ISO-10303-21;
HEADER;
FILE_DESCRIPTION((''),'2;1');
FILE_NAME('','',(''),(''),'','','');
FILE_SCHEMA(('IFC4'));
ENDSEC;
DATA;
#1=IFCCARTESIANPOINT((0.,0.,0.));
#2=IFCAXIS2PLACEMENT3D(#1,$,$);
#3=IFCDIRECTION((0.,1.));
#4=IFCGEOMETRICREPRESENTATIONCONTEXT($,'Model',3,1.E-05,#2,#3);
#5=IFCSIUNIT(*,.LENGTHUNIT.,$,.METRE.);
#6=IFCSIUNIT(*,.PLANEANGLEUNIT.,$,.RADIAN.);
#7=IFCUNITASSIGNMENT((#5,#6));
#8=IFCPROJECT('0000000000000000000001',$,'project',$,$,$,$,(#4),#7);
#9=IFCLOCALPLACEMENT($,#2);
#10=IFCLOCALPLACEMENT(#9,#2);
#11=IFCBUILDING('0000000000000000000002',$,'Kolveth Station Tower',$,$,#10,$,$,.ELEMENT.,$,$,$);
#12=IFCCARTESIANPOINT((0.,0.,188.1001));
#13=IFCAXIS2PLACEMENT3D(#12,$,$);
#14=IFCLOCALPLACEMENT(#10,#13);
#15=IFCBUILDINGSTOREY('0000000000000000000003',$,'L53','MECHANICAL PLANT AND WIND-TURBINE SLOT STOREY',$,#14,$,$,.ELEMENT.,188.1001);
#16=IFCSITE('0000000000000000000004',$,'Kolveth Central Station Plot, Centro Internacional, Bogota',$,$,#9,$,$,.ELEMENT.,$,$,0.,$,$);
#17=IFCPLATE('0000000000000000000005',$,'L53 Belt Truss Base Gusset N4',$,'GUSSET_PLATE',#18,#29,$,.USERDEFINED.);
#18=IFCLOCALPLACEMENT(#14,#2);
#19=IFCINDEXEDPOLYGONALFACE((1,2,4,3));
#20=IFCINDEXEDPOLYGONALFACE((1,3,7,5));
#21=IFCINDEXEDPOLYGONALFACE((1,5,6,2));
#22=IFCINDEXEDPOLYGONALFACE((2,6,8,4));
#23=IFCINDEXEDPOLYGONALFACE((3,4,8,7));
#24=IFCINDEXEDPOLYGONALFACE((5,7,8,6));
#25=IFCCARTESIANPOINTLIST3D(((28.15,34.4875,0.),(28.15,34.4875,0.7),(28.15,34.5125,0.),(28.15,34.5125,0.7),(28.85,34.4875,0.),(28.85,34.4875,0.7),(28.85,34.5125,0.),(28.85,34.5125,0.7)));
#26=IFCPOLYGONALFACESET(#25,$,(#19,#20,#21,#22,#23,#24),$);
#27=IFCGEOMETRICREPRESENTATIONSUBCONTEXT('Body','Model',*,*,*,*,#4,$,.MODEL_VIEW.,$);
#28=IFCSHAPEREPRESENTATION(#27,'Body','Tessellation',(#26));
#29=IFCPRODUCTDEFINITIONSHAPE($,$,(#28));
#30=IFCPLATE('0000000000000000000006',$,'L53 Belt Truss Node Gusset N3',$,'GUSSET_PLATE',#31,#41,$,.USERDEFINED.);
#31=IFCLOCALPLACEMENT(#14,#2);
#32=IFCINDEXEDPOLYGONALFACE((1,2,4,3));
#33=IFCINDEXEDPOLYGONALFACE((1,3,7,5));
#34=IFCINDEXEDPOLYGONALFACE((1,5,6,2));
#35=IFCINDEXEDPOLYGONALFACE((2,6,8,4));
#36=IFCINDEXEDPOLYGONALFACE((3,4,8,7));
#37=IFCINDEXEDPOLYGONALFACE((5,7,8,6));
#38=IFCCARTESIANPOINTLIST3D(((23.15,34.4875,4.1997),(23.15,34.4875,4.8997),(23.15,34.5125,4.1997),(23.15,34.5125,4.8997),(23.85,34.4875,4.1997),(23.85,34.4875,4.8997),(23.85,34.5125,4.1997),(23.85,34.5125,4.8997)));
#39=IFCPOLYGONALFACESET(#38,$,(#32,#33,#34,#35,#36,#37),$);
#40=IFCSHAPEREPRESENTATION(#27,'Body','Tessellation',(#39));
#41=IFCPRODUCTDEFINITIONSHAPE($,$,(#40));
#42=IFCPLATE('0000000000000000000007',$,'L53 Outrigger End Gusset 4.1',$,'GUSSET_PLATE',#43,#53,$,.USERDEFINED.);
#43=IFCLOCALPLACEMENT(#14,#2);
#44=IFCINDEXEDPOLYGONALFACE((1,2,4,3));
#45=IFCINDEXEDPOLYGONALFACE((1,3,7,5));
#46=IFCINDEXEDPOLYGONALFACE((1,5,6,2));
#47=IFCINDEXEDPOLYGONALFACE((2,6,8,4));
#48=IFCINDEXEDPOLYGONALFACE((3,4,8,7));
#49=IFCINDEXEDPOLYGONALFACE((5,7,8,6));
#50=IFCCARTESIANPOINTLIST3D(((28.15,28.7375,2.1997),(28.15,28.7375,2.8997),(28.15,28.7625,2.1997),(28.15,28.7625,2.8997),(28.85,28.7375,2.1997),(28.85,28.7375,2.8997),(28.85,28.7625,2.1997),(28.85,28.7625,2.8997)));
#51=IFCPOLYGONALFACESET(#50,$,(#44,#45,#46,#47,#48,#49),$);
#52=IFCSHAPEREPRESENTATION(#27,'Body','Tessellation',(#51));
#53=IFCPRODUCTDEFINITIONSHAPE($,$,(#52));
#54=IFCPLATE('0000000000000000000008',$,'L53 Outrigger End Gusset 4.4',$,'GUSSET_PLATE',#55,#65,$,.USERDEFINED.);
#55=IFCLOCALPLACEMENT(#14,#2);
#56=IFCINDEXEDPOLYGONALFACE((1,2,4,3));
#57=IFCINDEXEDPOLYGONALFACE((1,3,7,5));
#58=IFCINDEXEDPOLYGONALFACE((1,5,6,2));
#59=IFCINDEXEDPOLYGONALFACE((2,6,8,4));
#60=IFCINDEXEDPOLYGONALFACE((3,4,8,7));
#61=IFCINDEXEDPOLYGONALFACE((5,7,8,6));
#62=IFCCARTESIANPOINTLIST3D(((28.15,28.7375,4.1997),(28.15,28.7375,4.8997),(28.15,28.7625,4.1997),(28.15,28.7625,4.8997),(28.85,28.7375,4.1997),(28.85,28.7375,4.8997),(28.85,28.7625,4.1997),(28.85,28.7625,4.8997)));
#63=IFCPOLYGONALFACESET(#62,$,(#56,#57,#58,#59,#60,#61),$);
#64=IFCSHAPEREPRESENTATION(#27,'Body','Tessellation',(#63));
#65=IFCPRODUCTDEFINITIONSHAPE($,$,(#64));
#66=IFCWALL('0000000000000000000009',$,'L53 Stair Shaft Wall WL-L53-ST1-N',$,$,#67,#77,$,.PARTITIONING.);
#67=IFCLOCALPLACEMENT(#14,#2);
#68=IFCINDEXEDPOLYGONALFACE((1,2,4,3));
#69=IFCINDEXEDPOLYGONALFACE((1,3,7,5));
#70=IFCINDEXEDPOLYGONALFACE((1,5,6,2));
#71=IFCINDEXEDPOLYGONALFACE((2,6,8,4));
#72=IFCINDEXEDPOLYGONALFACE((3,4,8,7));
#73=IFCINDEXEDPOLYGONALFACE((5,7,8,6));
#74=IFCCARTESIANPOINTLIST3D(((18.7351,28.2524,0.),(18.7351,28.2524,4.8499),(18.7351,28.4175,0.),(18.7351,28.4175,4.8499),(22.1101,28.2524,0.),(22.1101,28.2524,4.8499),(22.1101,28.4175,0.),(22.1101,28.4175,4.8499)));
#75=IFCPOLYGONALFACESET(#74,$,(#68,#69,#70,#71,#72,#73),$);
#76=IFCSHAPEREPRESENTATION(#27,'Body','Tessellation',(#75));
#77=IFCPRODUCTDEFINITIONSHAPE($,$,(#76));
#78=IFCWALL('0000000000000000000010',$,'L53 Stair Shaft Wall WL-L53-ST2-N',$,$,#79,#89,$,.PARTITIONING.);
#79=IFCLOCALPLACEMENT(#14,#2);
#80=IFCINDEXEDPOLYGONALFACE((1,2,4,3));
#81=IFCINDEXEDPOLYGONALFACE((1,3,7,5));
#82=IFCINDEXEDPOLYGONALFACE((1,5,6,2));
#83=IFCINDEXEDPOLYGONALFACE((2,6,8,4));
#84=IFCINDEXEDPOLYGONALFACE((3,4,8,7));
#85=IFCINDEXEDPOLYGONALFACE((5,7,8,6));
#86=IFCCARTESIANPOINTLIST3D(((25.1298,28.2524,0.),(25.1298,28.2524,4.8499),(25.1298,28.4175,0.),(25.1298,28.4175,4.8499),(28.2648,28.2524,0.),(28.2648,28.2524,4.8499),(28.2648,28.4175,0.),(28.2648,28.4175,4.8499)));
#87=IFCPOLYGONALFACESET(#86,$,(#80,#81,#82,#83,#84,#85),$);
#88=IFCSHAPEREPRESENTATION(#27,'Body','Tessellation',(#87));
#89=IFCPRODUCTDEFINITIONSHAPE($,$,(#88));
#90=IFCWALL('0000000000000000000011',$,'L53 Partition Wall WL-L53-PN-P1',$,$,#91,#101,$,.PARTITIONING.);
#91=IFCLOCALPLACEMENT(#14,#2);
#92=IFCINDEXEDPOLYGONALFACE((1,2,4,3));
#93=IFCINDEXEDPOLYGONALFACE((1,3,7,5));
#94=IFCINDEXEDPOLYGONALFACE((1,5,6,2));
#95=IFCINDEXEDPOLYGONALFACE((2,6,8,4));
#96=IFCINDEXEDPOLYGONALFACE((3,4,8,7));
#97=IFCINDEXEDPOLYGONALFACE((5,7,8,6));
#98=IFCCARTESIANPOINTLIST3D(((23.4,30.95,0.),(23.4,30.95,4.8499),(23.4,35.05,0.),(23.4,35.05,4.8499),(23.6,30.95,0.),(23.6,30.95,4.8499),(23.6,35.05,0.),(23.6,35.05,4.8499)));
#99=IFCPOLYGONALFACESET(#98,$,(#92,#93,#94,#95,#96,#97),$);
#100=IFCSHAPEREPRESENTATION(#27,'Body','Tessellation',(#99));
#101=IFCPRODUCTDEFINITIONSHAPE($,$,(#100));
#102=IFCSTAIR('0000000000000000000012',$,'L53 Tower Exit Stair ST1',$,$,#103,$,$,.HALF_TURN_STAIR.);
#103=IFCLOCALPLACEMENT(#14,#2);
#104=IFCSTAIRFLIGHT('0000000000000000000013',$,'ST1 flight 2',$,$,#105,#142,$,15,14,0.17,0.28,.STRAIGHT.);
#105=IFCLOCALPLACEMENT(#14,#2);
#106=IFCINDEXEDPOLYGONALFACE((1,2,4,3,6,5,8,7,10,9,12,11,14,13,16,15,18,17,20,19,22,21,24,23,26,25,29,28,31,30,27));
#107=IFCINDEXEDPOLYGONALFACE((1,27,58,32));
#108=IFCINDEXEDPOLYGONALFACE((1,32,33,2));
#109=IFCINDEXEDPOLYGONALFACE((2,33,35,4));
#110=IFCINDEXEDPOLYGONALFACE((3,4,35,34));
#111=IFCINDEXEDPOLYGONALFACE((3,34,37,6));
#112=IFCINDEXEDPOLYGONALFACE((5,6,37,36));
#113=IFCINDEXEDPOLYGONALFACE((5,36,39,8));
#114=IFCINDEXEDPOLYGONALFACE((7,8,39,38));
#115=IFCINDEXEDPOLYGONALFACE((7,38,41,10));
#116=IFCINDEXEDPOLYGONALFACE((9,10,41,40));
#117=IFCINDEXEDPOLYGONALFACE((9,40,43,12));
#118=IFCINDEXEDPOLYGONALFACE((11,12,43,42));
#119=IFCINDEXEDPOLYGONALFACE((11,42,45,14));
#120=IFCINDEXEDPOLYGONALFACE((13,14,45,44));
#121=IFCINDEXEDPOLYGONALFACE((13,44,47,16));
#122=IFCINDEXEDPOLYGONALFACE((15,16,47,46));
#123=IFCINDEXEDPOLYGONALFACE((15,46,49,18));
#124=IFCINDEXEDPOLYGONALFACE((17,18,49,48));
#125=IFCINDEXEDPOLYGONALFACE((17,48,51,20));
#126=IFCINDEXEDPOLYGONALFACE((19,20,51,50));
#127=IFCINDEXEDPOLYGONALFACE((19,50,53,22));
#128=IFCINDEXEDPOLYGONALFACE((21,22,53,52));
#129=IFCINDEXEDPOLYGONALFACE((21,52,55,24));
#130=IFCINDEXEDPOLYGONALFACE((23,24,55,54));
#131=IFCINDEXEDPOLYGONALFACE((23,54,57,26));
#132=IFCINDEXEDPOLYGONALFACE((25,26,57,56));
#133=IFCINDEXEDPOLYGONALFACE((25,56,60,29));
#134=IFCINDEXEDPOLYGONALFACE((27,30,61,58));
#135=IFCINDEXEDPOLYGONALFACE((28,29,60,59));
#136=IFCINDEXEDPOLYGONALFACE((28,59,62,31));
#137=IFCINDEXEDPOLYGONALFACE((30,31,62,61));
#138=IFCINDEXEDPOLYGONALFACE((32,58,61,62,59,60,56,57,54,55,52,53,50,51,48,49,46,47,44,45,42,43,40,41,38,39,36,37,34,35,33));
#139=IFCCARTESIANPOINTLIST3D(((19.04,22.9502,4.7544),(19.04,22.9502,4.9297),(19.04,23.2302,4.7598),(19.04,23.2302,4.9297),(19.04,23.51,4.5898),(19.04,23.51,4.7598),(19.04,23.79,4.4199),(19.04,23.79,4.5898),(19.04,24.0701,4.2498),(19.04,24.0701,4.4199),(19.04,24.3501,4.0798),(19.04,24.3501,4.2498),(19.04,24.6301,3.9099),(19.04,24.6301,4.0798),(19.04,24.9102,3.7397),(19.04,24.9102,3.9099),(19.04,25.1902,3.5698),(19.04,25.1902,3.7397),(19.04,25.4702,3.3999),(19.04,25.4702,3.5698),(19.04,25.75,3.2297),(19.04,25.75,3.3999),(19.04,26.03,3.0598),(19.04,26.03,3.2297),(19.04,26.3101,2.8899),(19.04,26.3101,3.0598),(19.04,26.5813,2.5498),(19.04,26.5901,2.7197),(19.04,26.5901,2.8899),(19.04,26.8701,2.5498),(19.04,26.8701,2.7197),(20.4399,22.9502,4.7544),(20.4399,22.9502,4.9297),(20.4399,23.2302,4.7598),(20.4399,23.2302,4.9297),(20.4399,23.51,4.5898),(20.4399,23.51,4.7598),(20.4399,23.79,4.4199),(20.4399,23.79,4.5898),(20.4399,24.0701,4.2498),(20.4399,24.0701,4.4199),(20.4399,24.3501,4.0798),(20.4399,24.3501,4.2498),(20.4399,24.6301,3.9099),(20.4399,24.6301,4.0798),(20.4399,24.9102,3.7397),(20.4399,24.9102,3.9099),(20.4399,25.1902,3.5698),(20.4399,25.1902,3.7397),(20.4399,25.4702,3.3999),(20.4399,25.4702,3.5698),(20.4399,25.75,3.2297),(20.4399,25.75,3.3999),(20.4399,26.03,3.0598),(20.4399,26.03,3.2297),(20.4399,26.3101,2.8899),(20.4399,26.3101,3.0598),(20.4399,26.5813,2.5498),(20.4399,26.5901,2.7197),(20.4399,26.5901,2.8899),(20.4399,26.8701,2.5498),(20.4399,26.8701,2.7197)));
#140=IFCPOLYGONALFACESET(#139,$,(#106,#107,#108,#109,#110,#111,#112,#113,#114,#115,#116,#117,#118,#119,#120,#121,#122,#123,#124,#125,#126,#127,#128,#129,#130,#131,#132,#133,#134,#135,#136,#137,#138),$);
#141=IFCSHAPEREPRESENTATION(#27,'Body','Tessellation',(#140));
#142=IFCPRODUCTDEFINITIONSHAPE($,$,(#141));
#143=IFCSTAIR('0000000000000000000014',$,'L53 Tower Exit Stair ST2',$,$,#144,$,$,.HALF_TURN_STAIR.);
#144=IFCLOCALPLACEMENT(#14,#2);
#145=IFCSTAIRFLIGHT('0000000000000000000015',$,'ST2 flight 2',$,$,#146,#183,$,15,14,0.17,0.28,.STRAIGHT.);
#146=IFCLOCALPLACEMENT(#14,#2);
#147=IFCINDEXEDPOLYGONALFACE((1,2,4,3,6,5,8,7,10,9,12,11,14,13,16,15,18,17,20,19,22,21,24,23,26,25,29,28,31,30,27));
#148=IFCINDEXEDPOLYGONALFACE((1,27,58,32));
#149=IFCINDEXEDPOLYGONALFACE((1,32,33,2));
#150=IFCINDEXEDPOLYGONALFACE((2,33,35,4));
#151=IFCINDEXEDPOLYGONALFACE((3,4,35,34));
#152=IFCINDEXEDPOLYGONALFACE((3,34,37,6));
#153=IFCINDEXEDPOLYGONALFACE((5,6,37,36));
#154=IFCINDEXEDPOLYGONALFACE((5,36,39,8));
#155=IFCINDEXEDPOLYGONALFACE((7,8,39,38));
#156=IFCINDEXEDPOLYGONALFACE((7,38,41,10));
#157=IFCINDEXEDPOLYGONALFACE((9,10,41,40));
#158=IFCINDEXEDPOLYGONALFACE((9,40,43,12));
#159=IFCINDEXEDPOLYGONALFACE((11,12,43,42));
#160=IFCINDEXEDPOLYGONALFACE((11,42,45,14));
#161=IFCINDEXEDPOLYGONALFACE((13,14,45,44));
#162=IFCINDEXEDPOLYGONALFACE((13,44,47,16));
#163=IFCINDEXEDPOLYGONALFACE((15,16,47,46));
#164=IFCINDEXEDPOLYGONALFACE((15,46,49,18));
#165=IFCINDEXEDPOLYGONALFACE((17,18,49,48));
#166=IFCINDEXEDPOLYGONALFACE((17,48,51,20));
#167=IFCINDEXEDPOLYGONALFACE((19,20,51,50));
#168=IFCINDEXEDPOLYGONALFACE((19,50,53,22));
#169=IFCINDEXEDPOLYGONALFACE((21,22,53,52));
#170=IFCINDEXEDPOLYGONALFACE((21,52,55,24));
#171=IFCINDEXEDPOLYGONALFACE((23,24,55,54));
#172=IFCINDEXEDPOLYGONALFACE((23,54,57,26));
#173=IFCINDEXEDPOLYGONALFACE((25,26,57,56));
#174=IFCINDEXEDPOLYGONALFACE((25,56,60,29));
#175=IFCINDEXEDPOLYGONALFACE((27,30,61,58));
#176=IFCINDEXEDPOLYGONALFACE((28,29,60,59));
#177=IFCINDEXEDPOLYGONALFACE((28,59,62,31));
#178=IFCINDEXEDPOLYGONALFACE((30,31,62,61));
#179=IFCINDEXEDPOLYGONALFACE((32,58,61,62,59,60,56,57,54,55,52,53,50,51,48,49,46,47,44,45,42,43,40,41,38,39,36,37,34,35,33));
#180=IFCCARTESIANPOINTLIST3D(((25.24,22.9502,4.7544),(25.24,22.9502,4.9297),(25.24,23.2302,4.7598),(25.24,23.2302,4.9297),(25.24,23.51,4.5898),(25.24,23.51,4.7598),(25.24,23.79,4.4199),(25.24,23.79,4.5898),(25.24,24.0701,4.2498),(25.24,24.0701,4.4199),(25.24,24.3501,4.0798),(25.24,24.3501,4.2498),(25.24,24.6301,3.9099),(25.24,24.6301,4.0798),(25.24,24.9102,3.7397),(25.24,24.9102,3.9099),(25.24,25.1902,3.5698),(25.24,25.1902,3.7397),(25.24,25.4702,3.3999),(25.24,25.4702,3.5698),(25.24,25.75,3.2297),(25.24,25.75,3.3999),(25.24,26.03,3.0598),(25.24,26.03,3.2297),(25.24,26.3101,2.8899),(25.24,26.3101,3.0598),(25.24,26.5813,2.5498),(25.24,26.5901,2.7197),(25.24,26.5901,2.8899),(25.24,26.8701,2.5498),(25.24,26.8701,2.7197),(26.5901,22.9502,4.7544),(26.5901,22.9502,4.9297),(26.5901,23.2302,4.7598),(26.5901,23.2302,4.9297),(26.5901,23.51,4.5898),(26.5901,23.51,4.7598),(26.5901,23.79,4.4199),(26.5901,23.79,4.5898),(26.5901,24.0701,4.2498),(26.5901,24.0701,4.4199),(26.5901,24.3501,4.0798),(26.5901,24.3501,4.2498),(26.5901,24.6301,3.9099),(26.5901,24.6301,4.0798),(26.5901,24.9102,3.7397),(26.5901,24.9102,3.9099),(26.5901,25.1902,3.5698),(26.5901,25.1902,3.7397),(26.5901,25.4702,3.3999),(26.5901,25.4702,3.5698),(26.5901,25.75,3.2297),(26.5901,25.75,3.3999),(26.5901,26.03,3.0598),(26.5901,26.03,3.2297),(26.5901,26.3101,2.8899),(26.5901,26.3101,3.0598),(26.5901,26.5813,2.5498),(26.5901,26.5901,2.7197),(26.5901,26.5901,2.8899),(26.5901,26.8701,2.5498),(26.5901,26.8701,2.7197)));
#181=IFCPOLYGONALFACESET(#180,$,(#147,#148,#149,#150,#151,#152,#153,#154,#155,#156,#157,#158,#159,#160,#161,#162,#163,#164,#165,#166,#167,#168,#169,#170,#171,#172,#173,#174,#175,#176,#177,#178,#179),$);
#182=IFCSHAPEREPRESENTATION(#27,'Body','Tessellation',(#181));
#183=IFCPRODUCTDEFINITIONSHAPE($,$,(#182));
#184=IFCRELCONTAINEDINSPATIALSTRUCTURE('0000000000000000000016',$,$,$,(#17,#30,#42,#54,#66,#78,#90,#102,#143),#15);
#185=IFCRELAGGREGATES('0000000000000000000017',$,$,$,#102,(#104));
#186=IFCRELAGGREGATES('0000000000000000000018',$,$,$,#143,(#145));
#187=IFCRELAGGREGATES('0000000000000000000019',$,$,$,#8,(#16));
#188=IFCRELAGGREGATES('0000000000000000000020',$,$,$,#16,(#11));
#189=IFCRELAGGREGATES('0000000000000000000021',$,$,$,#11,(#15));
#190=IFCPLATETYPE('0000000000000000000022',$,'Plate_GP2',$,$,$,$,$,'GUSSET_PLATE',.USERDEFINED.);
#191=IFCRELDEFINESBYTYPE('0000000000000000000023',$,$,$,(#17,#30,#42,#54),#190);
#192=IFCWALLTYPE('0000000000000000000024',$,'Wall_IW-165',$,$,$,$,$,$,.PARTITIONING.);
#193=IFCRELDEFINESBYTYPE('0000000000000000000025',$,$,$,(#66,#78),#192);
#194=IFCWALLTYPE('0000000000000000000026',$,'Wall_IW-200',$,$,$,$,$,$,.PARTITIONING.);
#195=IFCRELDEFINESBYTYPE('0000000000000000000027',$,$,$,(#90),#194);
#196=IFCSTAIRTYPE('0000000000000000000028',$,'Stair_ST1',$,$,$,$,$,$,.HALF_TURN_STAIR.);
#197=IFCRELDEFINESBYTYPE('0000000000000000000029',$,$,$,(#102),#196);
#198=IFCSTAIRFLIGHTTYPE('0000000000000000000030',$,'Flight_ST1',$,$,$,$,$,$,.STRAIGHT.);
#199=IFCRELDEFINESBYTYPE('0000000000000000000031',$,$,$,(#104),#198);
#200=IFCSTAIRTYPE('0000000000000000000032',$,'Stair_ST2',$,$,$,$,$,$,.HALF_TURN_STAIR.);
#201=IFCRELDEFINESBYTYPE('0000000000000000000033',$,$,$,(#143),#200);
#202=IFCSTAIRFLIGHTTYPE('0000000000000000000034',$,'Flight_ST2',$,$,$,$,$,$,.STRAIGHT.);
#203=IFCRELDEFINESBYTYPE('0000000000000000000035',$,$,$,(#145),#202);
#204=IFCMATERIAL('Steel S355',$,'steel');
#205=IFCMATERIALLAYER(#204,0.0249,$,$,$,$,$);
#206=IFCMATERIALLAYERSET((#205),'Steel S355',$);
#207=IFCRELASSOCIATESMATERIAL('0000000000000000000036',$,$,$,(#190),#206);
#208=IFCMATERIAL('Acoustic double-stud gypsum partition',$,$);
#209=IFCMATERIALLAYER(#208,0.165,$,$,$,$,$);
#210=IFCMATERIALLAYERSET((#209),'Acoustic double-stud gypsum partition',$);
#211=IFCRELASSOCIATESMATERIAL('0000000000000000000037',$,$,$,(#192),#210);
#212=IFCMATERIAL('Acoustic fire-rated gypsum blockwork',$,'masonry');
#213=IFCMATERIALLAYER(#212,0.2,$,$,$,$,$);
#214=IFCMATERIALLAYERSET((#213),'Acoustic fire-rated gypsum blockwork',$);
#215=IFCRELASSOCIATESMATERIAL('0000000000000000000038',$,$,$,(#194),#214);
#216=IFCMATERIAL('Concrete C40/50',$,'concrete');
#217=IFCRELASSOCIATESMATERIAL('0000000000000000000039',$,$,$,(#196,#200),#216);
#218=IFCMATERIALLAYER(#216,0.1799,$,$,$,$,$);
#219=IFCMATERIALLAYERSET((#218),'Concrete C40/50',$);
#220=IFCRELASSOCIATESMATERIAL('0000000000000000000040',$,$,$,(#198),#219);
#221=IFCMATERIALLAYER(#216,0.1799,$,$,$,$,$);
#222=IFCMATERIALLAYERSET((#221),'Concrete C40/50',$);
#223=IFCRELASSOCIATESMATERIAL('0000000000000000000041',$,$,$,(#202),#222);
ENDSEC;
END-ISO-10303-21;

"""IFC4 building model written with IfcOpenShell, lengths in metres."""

from ifc_helpers import new_model, si_unit, direction, frame, frame_2d, origin, origin_2d, place, context, subcontext, project, spatial, polyline, rectangle, outline, extrude, source, transform, mapped, material, layer, layer_set, type_object, element, aggregate, save


model = new_model("IFC4")

# Units and contexts
model_context = context("Model", 3, precision=1e-05, world=origin(), true_north=direction((0.0, 1.0)))
body_context = subcontext(model_context, "Body", "Model", "MODEL_VIEW")
ifc_project = project(units=[si_unit("LENGTHUNIT", "METRE"), si_unit("PLANEANGLEUNIT", "RADIAN")], contexts=[model_context])

# Site, building, storey
site_placement = place(None, origin())
site = spatial("IfcSite", under=ifc_project, at=site_placement, Name="Kolveth Central Station Plot, Centro Internacional, Bogota", CompositionType="ELEMENT", RefElevation=0.0)
building_placement = place(site_placement, origin())
building = spatial("IfcBuilding", under=site, at=building_placement, Name="Kolveth Station Tower", CompositionType="ELEMENT")
storey_placement = place(building_placement, frame((0.0, 0.0, 188.1001)))
storey = spatial("IfcBuildingStorey", under=building, at=storey_placement, Name="L53", Description="MECHANICAL PLANT AND WIND-TURBINE SLOT STOREY", CompositionType="ELEMENT", Elevation=188.1001)

# Shared definitions
ifc_material_1 = material(Name="Steel S355", Category="steel")

# Plates
ifc_layer_1 = layer(ifc_material_1, 0.0249)
ifc_layer_set_1 = layer_set([ifc_layer_1], Name="Steel S355")
plate_type = type_object("IfcPlateType", Name="Plate_GP2", ElementType="GUSSET_PLATE", PredefinedType="USERDEFINED", material=ifc_layer_set_1)
shared_shape_1 = source(origin(), body_context, "Body", "SweptSolid", [
    extrude(rectangle(XDim=0.7, YDim=0.0249, at=origin_2d()), origin(), (0.0, 0.0, 1.0), 0.7),
])
for number, where, z_axis, x_axis, name in (
    (1, (28.5, 34.5, 0.0), (0.0, 0.0, 1.0), (1.0, 0.0, 0.0), "L53 Belt Truss Base Gusset N4"),
    (2, (23.5, 34.5, 4.1997), (0.0, 0.0, 1.0), (1.0, 0.0, 0.0), "L53 Belt Truss Node Gusset N3"),
    (3, (28.5, 28.75, 2.1997), (0.0, 0.0, 1.0), (1.0, 0.0, 0.0), "L53 Outrigger End Gusset 4.1"),
    (4, (28.5, 28.75, 4.1997), (0.0, 0.0, 1.0), (1.0, 0.0, 0.0), "L53 Outrigger End Gusset 4.4"),
):
    element("IfcPlate", number, at=place(storey_placement, frame(where, z_axis=z_axis, x_axis=x_axis)), inside=storey, type_object=plate_type, Name=name, ObjectType="GUSSET_PLATE", PredefinedType="USERDEFINED", context=body_context, shape_type="MappedRepresentation", body=[
        mapped(shared_shape_1, transform((0.0, 0.0, 0.0), x_axis=(1.0, 0.0, 0.0), y_axis=(0.0, 1.0, 0.0), z_axis=(0.0, 0.0, 1.0), scale=1.0)),
    ])

# Walls
ifc_material_2 = material(Name="Acoustic double-stud gypsum partition")
ifc_layer_2 = layer(ifc_material_2, 0.165)
ifc_layer_set_2 = layer_set([ifc_layer_2], Name="Acoustic double-stud gypsum partition")
wall_type_1 = type_object("IfcWallType", Name="Wall_IW-165", PredefinedType="PARTITIONING", material=ifc_layer_set_2)
wall_1_placement = place(storey_placement, frame((18.7351, 28.335, 0.0), z_axis=(0.0, 0.0, 1.0), x_axis=(1.0, 0.0, 0.0)))
element("IfcWall", 5, at=wall_1_placement, inside=storey, type_object=wall_type_1, Name="L53 Stair Shaft Wall WL-L53-ST1-N", PredefinedType="PARTITIONING", context=body_context, shape_type="SweptSolid", body=[
    extrude(rectangle(XDim=3.375, YDim=0.165, at=frame_2d((1.6875, 0.0))), origin(), (0.0, 0.0, 1.0), 4.8499),
])
wall_2_placement = place(storey_placement, frame((25.1299, 28.335, 0.0), z_axis=(0.0, 0.0, 1.0), x_axis=(1.0, 0.0, 0.0)))
element("IfcWall", 6, at=wall_2_placement, inside=storey, type_object=wall_type_1, Name="L53 Stair Shaft Wall WL-L53-ST2-N", PredefinedType="PARTITIONING", context=body_context, shape_type="SweptSolid", body=[
    extrude(rectangle(XDim=3.135, YDim=0.165, at=frame_2d((1.5674, 0.0))), origin(), (0.0, 0.0, 1.0), 4.8499),
])
ifc_material_3 = material(Name="Acoustic fire-rated gypsum blockwork", Category="masonry")
ifc_layer_3 = layer(ifc_material_3, 0.2)
ifc_layer_set_3 = layer_set([ifc_layer_3], Name="Acoustic fire-rated gypsum blockwork")
wall_type_2 = type_object("IfcWallType", Name="Wall_IW-200", PredefinedType="PARTITIONING", material=ifc_layer_set_3)
wall_3_placement = place(storey_placement, frame((23.5, 30.95, 0.0), z_axis=(0.0, 0.0, 1.0), x_axis=(0.0, 1.0, 0.0)))
element("IfcWall", 7, at=wall_3_placement, inside=storey, type_object=wall_type_2, Name="L53 Partition Wall WL-L53-PN-P1", PredefinedType="PARTITIONING", context=body_context, shape_type="SweptSolid", body=[
    extrude(rectangle(XDim=4.1001, YDim=0.2, at=frame_2d((2.05, 0.0))), origin(), (0.0, 0.0, 1.0), 4.8499),
])

# Stairs, stair flights
ifc_material_4 = material(Name="Concrete C40/50", Category="concrete")
stair_type_1 = type_object("IfcStairType", Name="Stair_ST1", PredefinedType="HALF_TURN_STAIR", material=ifc_material_4)
stair_1_placement = place(storey_placement, origin())
stair_1 = element("IfcStair", 8, at=stair_1_placement, inside=storey, type_object=stair_type_1, Name="L53 Tower Exit Stair ST1", PredefinedType="HALF_TURN_STAIR")
ifc_layer_4 = layer(ifc_material_4, 0.1799)
ifc_layer_set_4 = layer_set([ifc_layer_4], Name="Concrete C40/50")
stair_flight_type_1 = type_object("IfcStairFlightType", Name="Flight_ST1", PredefinedType="STRAIGHT", material=ifc_layer_set_4)
stair_flight_1_placement = place(storey_placement, frame((19.74, 26.8701, 2.5498), z_axis=(0.0, 0.0, 1.0), x_axis=(0.0, -1.0, 0.0)))
stair_flight_1 = element("IfcStairFlight", 9, at=stair_flight_1_placement, type_object=stair_flight_type_1, Name="ST1 flight 2", NumberOfRisers=15, NumberOfTreads=14, PredefinedType="STRAIGHT", RiserHeight=0.17, TreadLength=0.28, context=body_context, shape_type="SweptSolid", body=[
    extrude(outline(polyline([(0.0, 0.0), (0.0, 0.1699), (0.28, 0.1699), (0.28, 0.3401), (0.5601, 0.3401), (0.5601, 0.51), (0.8401, 0.51), (0.8401, 0.6799), (1.1201, 0.6799), (1.1201, 0.8501), (1.3999, 0.8501), (1.3999, 1.02), (1.6799, 1.02), (1.6799, 1.1899), (1.96, 1.1899), (1.96, 1.3601), (2.24, 1.3601), (2.24, 1.53), (2.52, 1.53), (2.52, 1.7), (2.8, 1.7), (2.8, 1.8701), (3.0801, 1.8701), (3.0801, 2.04), (3.3601, 2.04), (3.3601, 2.21), (3.6399, 2.21), (3.6399, 2.3799), (3.9199, 2.3799), (3.9199, 2.55), (3.9199, 2.2046), (0.2888, 0.0), (0.0, 0.0)])), frame((0.0, 0.7, 0.0), z_axis=(0.0, -1.0, 0.0), x_axis=(1.0, 0.0, 0.0)), (0.0, 0.0, 1.0), 1.3999),
])
aggregate(stair_1, [stair_flight_1])
stair_type_2 = type_object("IfcStairType", Name="Stair_ST2", PredefinedType="HALF_TURN_STAIR", material=ifc_material_4)
stair_2_placement = place(storey_placement, origin())
stair_2 = element("IfcStair", 10, at=stair_2_placement, inside=storey, type_object=stair_type_2, Name="L53 Tower Exit Stair ST2", PredefinedType="HALF_TURN_STAIR")
ifc_layer_5 = layer(ifc_material_4, 0.1799)
ifc_layer_set_5 = layer_set([ifc_layer_5], Name="Concrete C40/50")
stair_flight_type_2 = type_object("IfcStairFlightType", Name="Flight_ST2", PredefinedType="STRAIGHT", material=ifc_layer_set_5)
stair_flight_2_placement = place(storey_placement, frame((25.915, 26.8701, 2.5498), z_axis=(0.0, 0.0, 1.0), x_axis=(0.0, -1.0, 0.0)))
stair_flight_2 = element("IfcStairFlight", 11, at=stair_flight_2_placement, type_object=stair_flight_type_2, Name="ST2 flight 2", NumberOfRisers=15, NumberOfTreads=14, PredefinedType="STRAIGHT", RiserHeight=0.17, TreadLength=0.28, context=body_context, shape_type="SweptSolid", body=[
    extrude(outline(polyline([(0.0, 0.0), (0.0, 0.1699), (0.28, 0.1699), (0.28, 0.3401), (0.5601, 0.3401), (0.5601, 0.51), (0.8401, 0.51), (0.8401, 0.6799), (1.1201, 0.6799), (1.1201, 0.8501), (1.3999, 0.8501), (1.3999, 1.02), (1.6799, 1.02), (1.6799, 1.1899), (1.96, 1.1899), (1.96, 1.3601), (2.24, 1.3601), (2.24, 1.53), (2.52, 1.53), (2.52, 1.7), (2.8, 1.7), (2.8, 1.8701), (3.0801, 1.8701), (3.0801, 2.04), (3.3601, 2.04), (3.3601, 2.21), (3.6399, 2.21), (3.6399, 2.3799), (3.9199, 2.3799), (3.9199, 2.55), (3.9199, 2.2046), (0.2888, 0.0), (0.0, 0.0)])), frame((0.0, 0.675, 0.0), z_axis=(0.0, -1.0, 0.0), x_axis=(1.0, 0.0, 0.0)), (0.0, 0.0, 1.0), 1.3501),
])
aggregate(stair_2, [stair_flight_2])

save(model, "model.ifc")
